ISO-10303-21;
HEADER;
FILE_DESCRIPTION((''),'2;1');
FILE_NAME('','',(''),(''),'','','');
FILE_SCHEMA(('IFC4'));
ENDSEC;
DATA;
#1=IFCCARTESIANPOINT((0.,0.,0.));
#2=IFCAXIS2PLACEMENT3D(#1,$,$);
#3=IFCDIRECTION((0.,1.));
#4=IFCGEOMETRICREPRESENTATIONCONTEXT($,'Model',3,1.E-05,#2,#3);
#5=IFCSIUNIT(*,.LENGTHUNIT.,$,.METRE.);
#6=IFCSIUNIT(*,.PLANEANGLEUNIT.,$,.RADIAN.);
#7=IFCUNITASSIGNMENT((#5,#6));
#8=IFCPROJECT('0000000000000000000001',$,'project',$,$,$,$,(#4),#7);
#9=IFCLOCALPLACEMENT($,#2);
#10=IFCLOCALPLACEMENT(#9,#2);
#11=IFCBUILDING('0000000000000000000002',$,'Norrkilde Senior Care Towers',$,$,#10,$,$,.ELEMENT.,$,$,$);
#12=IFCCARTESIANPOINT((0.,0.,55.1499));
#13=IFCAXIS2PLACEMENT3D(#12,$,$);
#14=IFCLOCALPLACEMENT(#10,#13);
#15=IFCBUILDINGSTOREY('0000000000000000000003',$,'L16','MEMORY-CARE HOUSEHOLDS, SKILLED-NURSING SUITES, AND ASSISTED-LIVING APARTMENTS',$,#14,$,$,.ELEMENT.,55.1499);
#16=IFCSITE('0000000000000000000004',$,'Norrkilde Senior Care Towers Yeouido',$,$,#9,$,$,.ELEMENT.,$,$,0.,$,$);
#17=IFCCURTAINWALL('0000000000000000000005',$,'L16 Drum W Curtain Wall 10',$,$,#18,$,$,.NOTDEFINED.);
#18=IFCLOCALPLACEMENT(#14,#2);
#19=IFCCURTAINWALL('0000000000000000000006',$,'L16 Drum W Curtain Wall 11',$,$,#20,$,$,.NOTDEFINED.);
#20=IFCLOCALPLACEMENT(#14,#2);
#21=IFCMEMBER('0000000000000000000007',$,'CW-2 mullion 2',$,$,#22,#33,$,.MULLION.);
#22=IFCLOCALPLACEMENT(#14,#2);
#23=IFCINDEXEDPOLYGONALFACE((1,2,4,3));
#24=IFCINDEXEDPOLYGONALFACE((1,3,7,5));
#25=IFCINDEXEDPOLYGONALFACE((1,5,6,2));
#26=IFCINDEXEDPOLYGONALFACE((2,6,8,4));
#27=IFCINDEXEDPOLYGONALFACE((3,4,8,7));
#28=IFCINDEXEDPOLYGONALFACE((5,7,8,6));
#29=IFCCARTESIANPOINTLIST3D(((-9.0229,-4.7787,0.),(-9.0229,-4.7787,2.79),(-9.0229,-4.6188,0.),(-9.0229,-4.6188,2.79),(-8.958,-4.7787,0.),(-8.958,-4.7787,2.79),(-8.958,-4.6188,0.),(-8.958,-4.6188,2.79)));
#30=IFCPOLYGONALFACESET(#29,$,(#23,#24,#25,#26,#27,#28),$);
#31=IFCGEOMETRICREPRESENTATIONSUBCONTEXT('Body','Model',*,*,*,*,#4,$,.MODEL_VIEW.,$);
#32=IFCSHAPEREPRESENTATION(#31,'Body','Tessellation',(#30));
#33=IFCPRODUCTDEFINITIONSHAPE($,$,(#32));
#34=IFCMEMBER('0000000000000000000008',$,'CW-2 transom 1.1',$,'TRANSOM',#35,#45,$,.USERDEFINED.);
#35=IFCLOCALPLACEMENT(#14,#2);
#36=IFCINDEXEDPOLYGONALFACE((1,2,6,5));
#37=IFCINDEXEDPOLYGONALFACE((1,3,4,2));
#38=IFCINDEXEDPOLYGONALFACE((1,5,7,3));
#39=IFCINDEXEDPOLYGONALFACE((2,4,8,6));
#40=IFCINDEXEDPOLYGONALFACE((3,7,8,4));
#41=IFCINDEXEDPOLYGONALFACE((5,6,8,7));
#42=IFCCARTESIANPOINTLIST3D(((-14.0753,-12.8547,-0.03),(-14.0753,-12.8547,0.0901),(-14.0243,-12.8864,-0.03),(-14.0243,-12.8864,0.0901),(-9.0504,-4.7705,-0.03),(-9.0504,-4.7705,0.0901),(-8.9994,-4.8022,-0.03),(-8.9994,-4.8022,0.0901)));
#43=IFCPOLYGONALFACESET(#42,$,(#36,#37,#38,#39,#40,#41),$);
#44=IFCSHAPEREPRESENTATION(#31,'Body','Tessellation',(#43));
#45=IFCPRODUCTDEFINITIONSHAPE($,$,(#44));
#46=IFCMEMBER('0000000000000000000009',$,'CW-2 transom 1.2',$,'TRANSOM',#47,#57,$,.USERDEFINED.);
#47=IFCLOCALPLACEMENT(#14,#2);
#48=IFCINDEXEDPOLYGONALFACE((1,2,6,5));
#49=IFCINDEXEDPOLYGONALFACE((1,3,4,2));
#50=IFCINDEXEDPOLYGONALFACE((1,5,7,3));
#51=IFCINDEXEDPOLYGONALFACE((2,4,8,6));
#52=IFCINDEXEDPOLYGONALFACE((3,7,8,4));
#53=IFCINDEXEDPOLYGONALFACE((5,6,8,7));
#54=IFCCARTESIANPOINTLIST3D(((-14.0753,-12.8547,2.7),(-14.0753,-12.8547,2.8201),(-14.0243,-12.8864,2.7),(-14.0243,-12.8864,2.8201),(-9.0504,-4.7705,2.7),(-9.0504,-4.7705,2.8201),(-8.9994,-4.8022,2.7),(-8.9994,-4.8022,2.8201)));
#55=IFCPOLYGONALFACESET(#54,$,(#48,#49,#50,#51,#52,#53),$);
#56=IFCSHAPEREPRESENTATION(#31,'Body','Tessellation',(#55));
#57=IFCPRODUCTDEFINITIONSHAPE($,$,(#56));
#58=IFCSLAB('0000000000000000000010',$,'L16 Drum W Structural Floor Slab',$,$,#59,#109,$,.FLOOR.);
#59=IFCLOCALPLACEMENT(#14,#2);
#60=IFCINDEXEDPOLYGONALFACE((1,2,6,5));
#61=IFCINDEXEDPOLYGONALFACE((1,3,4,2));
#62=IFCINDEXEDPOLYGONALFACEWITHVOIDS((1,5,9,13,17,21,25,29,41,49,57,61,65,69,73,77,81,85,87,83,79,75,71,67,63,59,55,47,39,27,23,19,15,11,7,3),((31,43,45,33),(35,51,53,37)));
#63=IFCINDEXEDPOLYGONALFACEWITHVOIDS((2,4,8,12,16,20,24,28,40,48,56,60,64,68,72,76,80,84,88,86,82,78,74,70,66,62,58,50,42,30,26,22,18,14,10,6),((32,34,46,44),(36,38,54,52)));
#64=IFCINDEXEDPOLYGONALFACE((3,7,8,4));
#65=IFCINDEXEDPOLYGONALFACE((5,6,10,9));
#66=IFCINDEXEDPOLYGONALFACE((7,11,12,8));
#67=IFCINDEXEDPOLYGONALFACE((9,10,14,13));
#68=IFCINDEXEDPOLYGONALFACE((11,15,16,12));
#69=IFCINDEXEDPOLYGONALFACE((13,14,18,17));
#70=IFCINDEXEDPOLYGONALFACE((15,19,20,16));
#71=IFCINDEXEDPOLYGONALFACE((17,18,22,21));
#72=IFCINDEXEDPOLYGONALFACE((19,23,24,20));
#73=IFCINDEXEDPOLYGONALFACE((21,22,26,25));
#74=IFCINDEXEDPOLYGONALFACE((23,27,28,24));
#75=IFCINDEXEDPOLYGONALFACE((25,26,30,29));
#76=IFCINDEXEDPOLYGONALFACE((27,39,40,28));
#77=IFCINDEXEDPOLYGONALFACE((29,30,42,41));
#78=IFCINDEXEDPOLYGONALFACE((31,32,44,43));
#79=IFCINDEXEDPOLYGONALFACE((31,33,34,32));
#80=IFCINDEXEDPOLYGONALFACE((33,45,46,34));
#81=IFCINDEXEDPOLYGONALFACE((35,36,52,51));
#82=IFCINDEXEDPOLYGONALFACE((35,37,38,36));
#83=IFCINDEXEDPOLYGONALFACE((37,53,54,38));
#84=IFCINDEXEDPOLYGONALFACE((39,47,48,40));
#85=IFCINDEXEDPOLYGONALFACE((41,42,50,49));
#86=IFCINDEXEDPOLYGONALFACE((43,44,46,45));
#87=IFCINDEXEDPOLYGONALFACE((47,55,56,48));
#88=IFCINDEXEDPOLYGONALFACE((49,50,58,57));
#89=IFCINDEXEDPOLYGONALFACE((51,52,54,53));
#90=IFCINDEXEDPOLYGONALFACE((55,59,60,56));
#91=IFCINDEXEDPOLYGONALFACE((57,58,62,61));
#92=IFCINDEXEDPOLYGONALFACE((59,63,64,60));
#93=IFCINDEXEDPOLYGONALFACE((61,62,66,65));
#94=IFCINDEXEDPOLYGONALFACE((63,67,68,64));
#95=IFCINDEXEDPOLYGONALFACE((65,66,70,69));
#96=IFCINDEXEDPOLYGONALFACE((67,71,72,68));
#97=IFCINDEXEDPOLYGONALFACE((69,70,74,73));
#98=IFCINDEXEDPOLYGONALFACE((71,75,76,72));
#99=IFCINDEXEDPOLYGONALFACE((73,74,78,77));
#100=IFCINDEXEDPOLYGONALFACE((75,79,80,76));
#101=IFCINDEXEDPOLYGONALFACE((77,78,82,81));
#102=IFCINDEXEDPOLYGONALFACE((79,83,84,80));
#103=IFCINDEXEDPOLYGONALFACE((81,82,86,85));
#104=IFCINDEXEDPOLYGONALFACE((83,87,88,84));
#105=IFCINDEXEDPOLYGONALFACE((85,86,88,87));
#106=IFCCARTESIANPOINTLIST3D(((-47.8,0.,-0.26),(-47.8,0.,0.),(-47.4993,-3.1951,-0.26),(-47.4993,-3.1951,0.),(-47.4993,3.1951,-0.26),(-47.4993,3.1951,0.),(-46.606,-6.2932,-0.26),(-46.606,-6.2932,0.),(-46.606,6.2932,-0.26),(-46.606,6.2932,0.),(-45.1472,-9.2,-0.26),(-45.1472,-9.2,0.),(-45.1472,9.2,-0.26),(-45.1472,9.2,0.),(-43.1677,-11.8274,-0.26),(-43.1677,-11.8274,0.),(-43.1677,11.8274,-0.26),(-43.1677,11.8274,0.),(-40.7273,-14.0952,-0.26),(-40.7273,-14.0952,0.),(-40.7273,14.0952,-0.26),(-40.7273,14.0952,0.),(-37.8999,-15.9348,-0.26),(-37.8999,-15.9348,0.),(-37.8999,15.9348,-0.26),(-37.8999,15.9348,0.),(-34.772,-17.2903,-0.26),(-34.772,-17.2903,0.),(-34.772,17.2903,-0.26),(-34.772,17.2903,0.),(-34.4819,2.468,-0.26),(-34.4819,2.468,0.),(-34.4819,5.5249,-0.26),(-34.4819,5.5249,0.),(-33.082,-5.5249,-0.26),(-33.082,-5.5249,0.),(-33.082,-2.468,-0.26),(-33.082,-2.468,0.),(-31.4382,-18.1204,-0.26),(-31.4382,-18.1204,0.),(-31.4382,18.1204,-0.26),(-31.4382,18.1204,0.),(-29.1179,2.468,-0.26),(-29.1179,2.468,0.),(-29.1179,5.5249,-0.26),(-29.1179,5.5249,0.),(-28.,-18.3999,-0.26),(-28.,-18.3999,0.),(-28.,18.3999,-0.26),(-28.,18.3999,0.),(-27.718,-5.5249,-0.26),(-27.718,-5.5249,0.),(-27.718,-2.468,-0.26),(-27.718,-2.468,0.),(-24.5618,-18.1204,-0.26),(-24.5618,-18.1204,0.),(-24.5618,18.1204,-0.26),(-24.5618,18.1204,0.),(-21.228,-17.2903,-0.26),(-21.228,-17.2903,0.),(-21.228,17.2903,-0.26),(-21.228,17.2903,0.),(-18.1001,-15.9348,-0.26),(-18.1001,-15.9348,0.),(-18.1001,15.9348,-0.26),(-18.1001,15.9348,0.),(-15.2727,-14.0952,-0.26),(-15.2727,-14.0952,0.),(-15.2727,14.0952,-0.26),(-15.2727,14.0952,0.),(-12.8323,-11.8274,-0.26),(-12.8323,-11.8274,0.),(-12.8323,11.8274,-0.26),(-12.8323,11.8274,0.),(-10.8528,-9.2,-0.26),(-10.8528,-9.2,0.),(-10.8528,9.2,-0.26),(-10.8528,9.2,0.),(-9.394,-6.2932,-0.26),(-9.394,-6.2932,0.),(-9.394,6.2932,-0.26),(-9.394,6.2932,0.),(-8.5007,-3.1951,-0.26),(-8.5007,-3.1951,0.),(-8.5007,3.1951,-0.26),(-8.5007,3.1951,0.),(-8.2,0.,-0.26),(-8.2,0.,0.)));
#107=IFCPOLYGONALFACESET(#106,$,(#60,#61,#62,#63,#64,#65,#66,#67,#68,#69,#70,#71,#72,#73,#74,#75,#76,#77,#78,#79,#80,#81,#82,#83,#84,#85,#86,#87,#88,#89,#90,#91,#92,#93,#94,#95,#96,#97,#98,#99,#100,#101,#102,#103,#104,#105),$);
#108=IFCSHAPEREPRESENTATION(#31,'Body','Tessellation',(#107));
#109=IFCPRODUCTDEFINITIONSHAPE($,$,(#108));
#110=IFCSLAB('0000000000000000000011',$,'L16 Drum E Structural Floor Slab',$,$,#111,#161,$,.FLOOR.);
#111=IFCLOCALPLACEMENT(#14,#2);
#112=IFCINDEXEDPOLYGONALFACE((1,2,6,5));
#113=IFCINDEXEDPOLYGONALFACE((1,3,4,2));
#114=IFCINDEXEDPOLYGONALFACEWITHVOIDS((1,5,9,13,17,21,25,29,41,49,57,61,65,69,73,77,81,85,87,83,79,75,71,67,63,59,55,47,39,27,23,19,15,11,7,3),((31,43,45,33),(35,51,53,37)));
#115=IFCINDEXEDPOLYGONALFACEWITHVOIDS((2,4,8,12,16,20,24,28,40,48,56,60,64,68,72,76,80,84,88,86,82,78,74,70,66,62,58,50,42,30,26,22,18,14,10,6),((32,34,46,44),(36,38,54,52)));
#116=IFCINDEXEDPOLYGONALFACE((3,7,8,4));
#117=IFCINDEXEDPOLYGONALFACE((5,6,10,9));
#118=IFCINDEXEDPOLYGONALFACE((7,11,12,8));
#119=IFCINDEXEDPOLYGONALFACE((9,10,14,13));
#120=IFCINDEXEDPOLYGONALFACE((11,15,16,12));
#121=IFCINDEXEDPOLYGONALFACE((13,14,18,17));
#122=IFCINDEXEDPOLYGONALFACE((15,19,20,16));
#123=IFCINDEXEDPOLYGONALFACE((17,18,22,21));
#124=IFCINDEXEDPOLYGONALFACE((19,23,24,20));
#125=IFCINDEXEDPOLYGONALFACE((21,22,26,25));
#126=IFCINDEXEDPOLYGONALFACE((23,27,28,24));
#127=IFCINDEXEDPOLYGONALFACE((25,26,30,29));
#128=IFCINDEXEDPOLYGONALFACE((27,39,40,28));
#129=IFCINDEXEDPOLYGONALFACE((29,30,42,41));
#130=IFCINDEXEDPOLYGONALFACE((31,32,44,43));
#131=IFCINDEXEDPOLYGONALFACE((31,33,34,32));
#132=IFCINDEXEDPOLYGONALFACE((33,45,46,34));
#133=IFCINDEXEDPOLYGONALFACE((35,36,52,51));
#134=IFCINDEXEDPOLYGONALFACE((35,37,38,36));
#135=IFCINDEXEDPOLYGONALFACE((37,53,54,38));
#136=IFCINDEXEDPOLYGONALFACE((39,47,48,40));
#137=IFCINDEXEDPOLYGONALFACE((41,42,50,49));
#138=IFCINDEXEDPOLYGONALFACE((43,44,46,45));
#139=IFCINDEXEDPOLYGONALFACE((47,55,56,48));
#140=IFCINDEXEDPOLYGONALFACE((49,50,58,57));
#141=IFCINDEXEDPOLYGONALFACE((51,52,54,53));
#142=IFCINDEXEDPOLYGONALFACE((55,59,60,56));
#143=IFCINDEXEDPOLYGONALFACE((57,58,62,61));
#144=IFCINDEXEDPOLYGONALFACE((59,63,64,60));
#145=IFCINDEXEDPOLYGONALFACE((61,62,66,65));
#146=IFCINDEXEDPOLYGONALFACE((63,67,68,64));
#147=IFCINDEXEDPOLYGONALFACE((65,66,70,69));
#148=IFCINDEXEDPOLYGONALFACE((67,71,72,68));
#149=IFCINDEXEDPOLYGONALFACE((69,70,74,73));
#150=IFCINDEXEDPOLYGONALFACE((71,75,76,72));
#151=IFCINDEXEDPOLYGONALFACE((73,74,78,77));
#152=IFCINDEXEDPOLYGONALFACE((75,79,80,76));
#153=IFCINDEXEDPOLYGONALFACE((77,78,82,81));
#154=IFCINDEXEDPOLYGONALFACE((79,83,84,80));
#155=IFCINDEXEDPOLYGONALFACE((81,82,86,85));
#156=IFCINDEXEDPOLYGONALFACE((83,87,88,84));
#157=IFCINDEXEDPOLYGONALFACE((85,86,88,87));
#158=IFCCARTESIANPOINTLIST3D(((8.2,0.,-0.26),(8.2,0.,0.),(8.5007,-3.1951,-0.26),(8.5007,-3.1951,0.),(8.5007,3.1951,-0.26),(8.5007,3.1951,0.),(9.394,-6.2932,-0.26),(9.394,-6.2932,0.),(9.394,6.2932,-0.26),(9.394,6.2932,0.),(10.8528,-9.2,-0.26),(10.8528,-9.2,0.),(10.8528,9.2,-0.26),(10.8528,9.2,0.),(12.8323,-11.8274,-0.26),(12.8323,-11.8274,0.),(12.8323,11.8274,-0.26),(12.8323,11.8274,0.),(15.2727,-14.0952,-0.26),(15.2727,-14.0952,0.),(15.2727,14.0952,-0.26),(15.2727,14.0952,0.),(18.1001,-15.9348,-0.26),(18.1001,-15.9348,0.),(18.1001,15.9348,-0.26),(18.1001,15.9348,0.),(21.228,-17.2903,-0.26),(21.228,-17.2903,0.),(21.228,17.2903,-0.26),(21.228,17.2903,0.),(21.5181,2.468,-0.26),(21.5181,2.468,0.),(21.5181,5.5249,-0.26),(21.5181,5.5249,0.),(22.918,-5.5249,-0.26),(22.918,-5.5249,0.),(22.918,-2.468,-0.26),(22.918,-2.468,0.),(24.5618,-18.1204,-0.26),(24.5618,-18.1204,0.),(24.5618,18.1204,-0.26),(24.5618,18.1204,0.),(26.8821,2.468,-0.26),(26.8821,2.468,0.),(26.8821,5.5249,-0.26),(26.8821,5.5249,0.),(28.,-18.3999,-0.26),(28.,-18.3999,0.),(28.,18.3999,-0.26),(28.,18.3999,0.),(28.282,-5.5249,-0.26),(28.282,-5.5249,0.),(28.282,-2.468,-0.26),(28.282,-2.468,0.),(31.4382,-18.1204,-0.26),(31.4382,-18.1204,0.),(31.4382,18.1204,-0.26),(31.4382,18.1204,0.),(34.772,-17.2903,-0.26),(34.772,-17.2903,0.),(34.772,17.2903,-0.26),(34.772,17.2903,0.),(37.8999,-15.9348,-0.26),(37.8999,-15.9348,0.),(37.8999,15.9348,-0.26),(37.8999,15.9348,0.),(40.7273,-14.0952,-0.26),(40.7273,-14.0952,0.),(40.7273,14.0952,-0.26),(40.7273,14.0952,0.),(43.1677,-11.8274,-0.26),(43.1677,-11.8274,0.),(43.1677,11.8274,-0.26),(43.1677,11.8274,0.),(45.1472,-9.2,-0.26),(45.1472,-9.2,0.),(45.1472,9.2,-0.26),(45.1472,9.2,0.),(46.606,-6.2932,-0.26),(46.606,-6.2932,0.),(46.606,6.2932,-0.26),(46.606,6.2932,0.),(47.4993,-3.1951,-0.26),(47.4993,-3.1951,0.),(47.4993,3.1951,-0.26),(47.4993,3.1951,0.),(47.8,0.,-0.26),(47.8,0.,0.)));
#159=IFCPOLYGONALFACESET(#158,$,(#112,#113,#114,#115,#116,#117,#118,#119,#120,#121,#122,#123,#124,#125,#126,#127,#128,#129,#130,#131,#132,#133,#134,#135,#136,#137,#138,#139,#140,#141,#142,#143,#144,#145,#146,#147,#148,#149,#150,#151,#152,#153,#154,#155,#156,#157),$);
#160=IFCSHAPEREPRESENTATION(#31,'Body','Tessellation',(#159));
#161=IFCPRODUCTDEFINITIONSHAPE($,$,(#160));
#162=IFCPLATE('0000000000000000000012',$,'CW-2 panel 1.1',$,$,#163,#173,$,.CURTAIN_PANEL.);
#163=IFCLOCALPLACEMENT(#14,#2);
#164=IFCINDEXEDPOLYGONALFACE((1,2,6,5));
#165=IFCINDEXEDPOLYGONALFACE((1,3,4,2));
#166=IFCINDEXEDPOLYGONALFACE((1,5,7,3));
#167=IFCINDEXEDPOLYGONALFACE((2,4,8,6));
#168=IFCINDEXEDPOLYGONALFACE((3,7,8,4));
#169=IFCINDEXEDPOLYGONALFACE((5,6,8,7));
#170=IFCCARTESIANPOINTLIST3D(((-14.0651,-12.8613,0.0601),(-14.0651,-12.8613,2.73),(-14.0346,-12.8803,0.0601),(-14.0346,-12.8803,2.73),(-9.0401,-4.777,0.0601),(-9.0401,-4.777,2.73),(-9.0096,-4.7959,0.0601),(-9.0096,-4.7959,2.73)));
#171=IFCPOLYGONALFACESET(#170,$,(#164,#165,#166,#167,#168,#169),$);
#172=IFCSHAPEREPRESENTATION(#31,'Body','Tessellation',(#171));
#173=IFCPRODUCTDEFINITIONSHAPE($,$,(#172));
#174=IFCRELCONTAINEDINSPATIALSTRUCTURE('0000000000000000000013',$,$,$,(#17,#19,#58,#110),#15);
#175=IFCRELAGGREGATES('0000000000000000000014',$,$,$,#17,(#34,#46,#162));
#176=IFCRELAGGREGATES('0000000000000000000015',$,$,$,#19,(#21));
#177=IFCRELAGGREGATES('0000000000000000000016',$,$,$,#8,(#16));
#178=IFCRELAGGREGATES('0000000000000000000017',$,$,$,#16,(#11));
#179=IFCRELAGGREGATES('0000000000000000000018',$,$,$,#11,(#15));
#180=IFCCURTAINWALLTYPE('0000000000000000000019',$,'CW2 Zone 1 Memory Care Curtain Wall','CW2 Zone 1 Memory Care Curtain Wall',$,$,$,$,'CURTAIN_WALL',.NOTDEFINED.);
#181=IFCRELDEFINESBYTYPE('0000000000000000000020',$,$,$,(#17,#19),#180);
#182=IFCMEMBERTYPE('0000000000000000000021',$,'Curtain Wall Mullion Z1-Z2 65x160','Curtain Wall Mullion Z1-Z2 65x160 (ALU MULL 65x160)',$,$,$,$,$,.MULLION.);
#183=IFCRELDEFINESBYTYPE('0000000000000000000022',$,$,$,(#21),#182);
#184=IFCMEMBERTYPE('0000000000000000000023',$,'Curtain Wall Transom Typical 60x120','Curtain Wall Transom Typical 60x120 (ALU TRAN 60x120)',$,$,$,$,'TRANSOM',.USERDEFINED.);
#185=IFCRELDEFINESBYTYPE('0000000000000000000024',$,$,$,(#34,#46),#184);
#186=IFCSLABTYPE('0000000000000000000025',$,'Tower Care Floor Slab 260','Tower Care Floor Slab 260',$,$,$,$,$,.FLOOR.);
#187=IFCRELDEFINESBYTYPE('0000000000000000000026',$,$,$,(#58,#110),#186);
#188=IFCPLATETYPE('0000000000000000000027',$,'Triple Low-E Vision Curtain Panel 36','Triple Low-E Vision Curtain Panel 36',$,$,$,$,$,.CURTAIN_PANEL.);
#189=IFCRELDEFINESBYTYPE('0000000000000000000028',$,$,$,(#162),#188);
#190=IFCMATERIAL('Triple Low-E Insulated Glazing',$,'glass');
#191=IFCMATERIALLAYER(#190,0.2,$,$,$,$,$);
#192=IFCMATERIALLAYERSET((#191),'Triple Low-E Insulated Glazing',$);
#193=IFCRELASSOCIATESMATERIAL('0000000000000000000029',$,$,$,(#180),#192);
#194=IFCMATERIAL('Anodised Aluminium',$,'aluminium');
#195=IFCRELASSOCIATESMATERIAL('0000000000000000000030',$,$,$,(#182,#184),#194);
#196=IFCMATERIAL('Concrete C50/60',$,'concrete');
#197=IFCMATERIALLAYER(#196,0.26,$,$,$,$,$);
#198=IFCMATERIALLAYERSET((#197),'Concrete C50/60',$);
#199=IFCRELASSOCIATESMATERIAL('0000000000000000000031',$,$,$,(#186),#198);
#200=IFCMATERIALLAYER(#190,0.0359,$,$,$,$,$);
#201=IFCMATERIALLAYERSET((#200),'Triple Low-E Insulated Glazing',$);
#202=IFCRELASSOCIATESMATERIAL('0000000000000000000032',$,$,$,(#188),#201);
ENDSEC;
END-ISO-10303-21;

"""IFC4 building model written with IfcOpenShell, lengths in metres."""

from ifc_helpers import new_model, si_unit, direction, frame, origin, origin_2d, place, context, subcontext, project, spatial, polyline, rectangle, outline, extrude, source, transform, mapped, material, layer, layer_set, material_profile, profile_set, type_object, type_shapes, element, aggregate, save


model = new_model("IFC4")

# Units and contexts
model_context = context("Model", 3, precision=1e-05, world=origin(), true_north=direction((0.0, 1.0)))
body_context = subcontext(model_context, "Body", "Model", "MODEL_VIEW")
ifc_project = project(units=[si_unit("LENGTHUNIT", "METRE"), si_unit("PLANEANGLEUNIT", "RADIAN")], contexts=[model_context])

# Site, building, storey
site_placement = place(None, origin())
site = spatial("IfcSite", under=ifc_project, at=site_placement, Name="Norrkilde Senior Care Towers Yeouido", CompositionType="ELEMENT", RefElevation=0.0)
building_placement = place(site_placement, origin())
building = spatial("IfcBuilding", under=site, at=building_placement, Name="Norrkilde Senior Care Towers", CompositionType="ELEMENT")
storey_placement = place(building_placement, frame((0.0, 0.0, 55.1499)))
storey = spatial("IfcBuildingStorey", under=building, at=storey_placement, Name="L16", Description="MEMORY-CARE HOUSEHOLDS, SKILLED-NURSING SUITES, AND ASSISTED-LIVING APARTMENTS", CompositionType="ELEMENT", Elevation=55.1499)

# Curtain wall
ifc_material_1 = material(Name="Triple Low-E Insulated Glazing", Category="glass")
ifc_layer_1 = layer(ifc_material_1, 0.2)
ifc_layer_set_1 = layer_set([ifc_layer_1], Name="Triple Low-E Insulated Glazing")
curtain_wall_type = type_object("IfcCurtainWallType", Name="CW2 Zone 1 Memory Care Curtain Wall", Description="CW2 Zone 1 Memory Care Curtain Wall", ElementType="CURTAIN_WALL", PredefinedType="NOTDEFINED", material=ifc_layer_set_1)
curtain_wall_1_placement = place(storey_placement, origin())
curtain_wall_1 = element("IfcCurtainWall", 1, at=curtain_wall_1_placement, inside=storey, type_object=curtain_wall_type, Name="L16 Drum W Curtain Wall 10", PredefinedType="NOTDEFINED")
ifc_material_2 = material(Name="Anodised Aluminium", Category="aluminium")
ifc_material_profile_1 = material_profile(ifc_material_2, rectangle(XDim=0.0649, YDim=0.1599, at=origin_2d()), Name="ALU MULL 65x160")
ifc_profile_set_1 = profile_set([ifc_material_profile_1], Name="Anodised Aluminium")
member_type_1 = type_object("IfcMemberType", Name="Curtain Wall Mullion Z1-Z2 65x160", Description="Curtain Wall Mullion Z1-Z2 65x160 (ALU MULL 65x160)", PredefinedType="MULLION", material=ifc_profile_set_1)
shared_shape_1 = source(origin(), body_context, "Body", "SweptSolid", [
    extrude(rectangle(XDim=0.0649, YDim=0.1599, at=origin_2d()), origin(), (0.0, 0.0, 1.0), 2.79),
])
type_shapes(member_type_1, [shared_shape_1])

# Curtain wall, member
curtain_wall_2_placement = place(storey_placement, origin())
curtain_wall_2 = element("IfcCurtainWall", 2, at=curtain_wall_2_placement, inside=storey, type_object=curtain_wall_type, Name="L16 Drum W Curtain Wall 11", PredefinedType="NOTDEFINED")
member_1_placement = place(storey_placement, frame((-8.9905, -4.6987, 0.0), z_axis=(0.0, 0.0, 1.0), x_axis=(1.0, 0.0, 0.0)))
member_1 = element("IfcMember", 3, at=member_1_placement, type_object=member_type_1, Name="CW-2 mullion 2", PredefinedType="MULLION", context=body_context, shape_type="MappedRepresentation", body=[
    mapped(shared_shape_1, transform((0.0, 0.0, 0.0), x_axis=(1.0, 0.0, 0.0), y_axis=(0.0, 1.0, 0.0), z_axis=(0.0, 0.0, 1.0), scale=1.0)),
])

# Members
ifc_material_profile_2 = material_profile(ifc_material_2, rectangle(XDim=0.0601, YDim=0.1201, at=origin_2d()), Name="ALU TRAN 60x120")
ifc_profile_set_2 = profile_set([ifc_material_profile_2], Name="Anodised Aluminium")
member_type_2 = type_object("IfcMemberType", Name="Curtain Wall Transom Typical 60x120", Description="Curtain Wall Transom Typical 60x120 (ALU TRAN 60x120)", ElementType="TRANSOM", PredefinedType="USERDEFINED", material=ifc_profile_set_2)
shared_shape_2 = source(origin(), body_context, "Body", "SweptSolid", [
    extrude(rectangle(XDim=0.0601, YDim=0.1201, at=origin_2d()), origin(), (0.0, 0.0, 1.0), 9.5186),
])
type_shapes(member_type_2, [shared_shape_2])
member_2_placement = place(storey_placement, frame((-9.0249, -4.7864, 0.03), z_axis=(-0.527902, -0.849306, 0.0), x_axis=(0.849306, -0.527902, 0.0)))
member_2 = element("IfcMember", 4, at=member_2_placement, type_object=member_type_2, Name="CW-2 transom 1.1", ObjectType="TRANSOM", PredefinedType="USERDEFINED", context=body_context, shape_type="MappedRepresentation", body=[
    mapped(shared_shape_2, transform((0.0, 0.0, 0.0), x_axis=(1.0, 0.0, 0.0), y_axis=(0.0, 1.0, 0.0), z_axis=(0.0, 0.0, 1.0), scale=1.0)),
])
member_3_placement = place(storey_placement, frame((-9.0249, -4.7864, 2.76), z_axis=(-0.527902, -0.849306, 0.0), x_axis=(0.849306, -0.527902, 0.0)))
member_3 = element("IfcMember", 5, at=member_3_placement, type_object=member_type_2, Name="CW-2 transom 1.2", ObjectType="TRANSOM", PredefinedType="USERDEFINED", context=body_context, shape_type="MappedRepresentation", body=[
    mapped(shared_shape_2, transform((0.0, 0.0, 0.0), x_axis=(1.0, 0.0, 0.0), y_axis=(0.0, 1.0, 0.0), z_axis=(0.0, 0.0, 1.0), scale=1.0)),
])

# Slabs
ifc_material_3 = material(Name="Concrete C50/60", Category="concrete")
ifc_layer_2 = layer(ifc_material_3, 0.26)
ifc_layer_set_2 = layer_set([ifc_layer_2], Name="Concrete C50/60")
slab_type = type_object("IfcSlabType", Name="Tower Care Floor Slab 260", Description="Tower Care Floor Slab 260", PredefinedType="FLOOR", material=ifc_layer_set_2)
slab_1_placement = place(storey_placement, frame((0.0, 0.0, -0.26)))
element("IfcSlab", 6, at=slab_1_placement, inside=storey, type_object=slab_type, Name="L16 Drum W Structural Floor Slab", PredefinedType="FLOOR", context=body_context, shape_type="SweptSolid", body=[
    extrude(outline(polyline([(-9.394, -6.2932), (-10.8528, -9.2), (-12.8323, -11.8274), (-15.2727, -14.0952), (-18.1001, -15.9348), (-21.228, -17.2903), (-24.5618, -18.1204), (-28.0, -18.3999), (-31.4382, -18.1204), (-34.772, -17.2903), (-37.8999, -15.9348), (-40.7273, -14.0952), (-43.1677, -11.8274), (-45.1472, -9.2), (-46.606, -6.2932), (-47.4993, -3.1951), (-47.8, 0.0), (-47.4993, 3.1951), (-46.606, 6.2932), (-45.1472, 9.2), (-43.1677, 11.8274), (-40.7273, 14.0952), (-37.8999, 15.9348), (-34.772, 17.2903), (-31.4382, 18.1204), (-28.0, 18.3999), (-24.5618, 18.1204), (-21.228, 17.2903), (-18.1001, 15.9348), (-15.2727, 14.0952), (-12.8323, 11.8274), (-10.8528, 9.2), (-9.394, 6.2932), (-8.5007, 3.1951), (-8.2, 0.0), (-8.5007, -3.1951), (-9.394, -6.2932)]), holes=[polyline([(-34.4819, 2.468), (-29.1179, 2.468), (-29.1179, 5.5249), (-34.4819, 5.5249), (-34.4819, 2.468)]), polyline([(-27.718, -5.5249), (-27.718, -2.468), (-33.082, -2.468), (-33.082, -5.5249), (-27.718, -5.5249)])]), origin(), (0.0, 0.0, 1.0), 0.26),
])
slab_2_placement = place(storey_placement, frame((0.0, 0.0, -0.26)))
element("IfcSlab", 7, at=slab_2_placement, inside=storey, type_object=slab_type, Name="L16 Drum E Structural Floor Slab", PredefinedType="FLOOR", context=body_context, shape_type="SweptSolid", body=[
    extrude(outline(polyline([(46.606, -6.2932), (45.1472, -9.2), (43.1677, -11.8274), (40.7273, -14.0952), (37.8999, -15.9348), (34.772, -17.2903), (31.4382, -18.1204), (28.0, -18.3999), (24.5618, -18.1204), (21.228, -17.2903), (18.1001, -15.9348), (15.2727, -14.0952), (12.8323, -11.8274), (10.8528, -9.2), (9.394, -6.2932), (8.5007, -3.1951), (8.2, 0.0), (8.5007, 3.1951), (9.394, 6.2932), (10.8528, 9.2), (12.8323, 11.8274), (15.2727, 14.0952), (18.1001, 15.9348), (21.228, 17.2903), (24.5618, 18.1204), (28.0, 18.3999), (31.4382, 18.1204), (34.772, 17.2903), (37.8999, 15.9348), (40.7273, 14.0952), (43.1677, 11.8274), (45.1472, 9.2), (46.606, 6.2932), (47.4993, 3.1951), (47.8, 0.0), (47.4993, -3.1951), (46.606, -6.2932)]), holes=[polyline([(21.5181, 2.468), (26.8821, 2.468), (26.8821, 5.5249), (21.5181, 5.5249), (21.5181, 2.468)]), polyline([(28.282, -5.5249), (28.282, -2.468), (22.918, -2.468), (22.918, -5.5249), (28.282, -5.5249)])]), origin(), (0.0, 0.0, 1.0), 0.26),
])

# Plate
ifc_layer_3 = layer(ifc_material_1, 0.0359)
ifc_layer_set_3 = layer_set([ifc_layer_3], Name="Triple Low-E Insulated Glazing")
plate_type = type_object("IfcPlateType", Name="Triple Low-E Vision Curtain Panel 36", Description="Triple Low-E Vision Curtain Panel 36", PredefinedType="CURTAIN_PANEL", material=ifc_layer_set_3)
shared_shape_3 = source(origin(), body_context, "Body", "SweptSolid", [
    extrude(rectangle(XDim=9.5188, YDim=0.0359, at=origin_2d()), origin(), (0.0, 0.0, 1.0), 2.6699),
])
plate_1_placement = place(storey_placement, frame((-11.5374, -8.8286, 0.0601), z_axis=(0.0, 0.0, 1.0), x_axis=(-0.527901, -0.849306, 0.0)))
plate_1 = element("IfcPlate", 8, at=plate_1_placement, type_object=plate_type, Name="CW-2 panel 1.1", PredefinedType="CURTAIN_PANEL", context=body_context, shape_type="MappedRepresentation", body=[
    mapped(shared_shape_3, transform((0.0, 0.0, 0.0), x_axis=(1.0, 0.0, 0.0), y_axis=(0.0, 1.0, 0.0), z_axis=(0.0, 0.0, 1.0), scale=1.0)),
])
aggregate(curtain_wall_1, [member_2, member_3, plate_1])
aggregate(curtain_wall_2, [member_1])

save(model, "model.ifc")
